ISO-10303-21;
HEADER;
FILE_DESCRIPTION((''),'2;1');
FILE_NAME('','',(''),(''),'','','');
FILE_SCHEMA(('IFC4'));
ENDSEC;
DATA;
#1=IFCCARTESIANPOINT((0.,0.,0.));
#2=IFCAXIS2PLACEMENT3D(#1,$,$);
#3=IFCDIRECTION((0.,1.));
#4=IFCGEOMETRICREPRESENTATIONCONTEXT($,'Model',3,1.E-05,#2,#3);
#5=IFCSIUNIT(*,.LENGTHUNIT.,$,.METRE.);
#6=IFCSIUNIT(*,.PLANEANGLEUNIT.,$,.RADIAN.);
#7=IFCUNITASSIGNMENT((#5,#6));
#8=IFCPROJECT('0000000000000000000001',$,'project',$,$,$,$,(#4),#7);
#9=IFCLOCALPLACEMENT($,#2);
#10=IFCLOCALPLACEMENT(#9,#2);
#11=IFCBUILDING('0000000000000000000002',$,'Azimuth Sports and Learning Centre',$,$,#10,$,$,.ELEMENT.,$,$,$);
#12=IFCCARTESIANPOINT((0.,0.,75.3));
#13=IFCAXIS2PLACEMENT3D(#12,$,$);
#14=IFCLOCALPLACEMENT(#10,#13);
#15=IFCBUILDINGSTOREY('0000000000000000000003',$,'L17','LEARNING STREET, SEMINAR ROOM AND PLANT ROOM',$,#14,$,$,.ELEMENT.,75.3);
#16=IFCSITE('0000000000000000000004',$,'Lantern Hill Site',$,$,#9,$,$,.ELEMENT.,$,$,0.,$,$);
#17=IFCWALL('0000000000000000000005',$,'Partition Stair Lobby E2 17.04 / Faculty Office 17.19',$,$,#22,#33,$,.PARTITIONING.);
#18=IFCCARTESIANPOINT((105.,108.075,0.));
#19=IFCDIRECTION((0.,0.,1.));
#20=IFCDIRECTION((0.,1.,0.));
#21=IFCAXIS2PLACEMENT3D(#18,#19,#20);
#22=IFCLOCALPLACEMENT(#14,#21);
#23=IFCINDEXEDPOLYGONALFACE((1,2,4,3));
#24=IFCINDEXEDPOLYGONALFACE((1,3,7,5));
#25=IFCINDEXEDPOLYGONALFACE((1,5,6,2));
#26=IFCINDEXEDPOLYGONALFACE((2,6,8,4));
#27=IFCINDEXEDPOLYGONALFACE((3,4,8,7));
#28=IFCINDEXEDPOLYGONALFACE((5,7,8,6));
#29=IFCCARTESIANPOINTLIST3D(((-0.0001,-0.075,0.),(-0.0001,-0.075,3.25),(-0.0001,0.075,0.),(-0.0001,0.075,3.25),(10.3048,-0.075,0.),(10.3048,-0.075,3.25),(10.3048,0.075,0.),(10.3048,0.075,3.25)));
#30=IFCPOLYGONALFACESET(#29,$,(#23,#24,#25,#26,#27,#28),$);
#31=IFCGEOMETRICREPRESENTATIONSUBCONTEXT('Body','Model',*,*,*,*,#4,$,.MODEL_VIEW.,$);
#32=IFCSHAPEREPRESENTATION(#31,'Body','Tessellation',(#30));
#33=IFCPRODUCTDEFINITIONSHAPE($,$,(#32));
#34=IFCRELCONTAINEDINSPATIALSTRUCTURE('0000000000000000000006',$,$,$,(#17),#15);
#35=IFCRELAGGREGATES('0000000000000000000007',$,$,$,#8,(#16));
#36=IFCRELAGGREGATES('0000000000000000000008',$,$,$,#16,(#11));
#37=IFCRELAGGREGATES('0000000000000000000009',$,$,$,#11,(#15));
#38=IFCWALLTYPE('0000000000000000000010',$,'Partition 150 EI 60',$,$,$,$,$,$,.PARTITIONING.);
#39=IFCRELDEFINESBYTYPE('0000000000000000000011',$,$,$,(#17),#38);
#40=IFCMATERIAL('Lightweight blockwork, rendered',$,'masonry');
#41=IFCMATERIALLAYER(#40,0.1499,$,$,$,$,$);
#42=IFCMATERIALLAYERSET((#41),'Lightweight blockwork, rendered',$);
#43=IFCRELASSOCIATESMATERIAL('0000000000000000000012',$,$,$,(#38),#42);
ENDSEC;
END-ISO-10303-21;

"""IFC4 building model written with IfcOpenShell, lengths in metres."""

from ifc_helpers import new_model, si_unit, direction, frame, frame_2d, origin, place, context, subcontext, project, spatial, rectangle, extrude, material, layer, layer_set, type_object, element, save


model = new_model("IFC4")

# Units and contexts
model_context = context("Model", 3, precision=1e-05, world=origin(), true_north=direction((0.0, 1.0)))
body_context = subcontext(model_context, "Body", "Model", "MODEL_VIEW")
ifc_project = project(units=[si_unit("LENGTHUNIT", "METRE"), si_unit("PLANEANGLEUNIT", "RADIAN")], contexts=[model_context])

# Site, building, storey
site_placement = place(None, origin())
site = spatial("IfcSite", under=ifc_project, at=site_placement, Name="Lantern Hill Site", CompositionType="ELEMENT", RefElevation=0.0)
building_placement = place(site_placement, origin())
building = spatial("IfcBuilding", under=site, at=building_placement, Name="Azimuth Sports and Learning Centre", CompositionType="ELEMENT")
storey_placement = place(building_placement, frame((0.0, 0.0, 75.3)))
storey = spatial("IfcBuildingStorey", under=building, at=storey_placement, Name="L17", Description="LEARNING STREET, SEMINAR ROOM AND PLANT ROOM", CompositionType="ELEMENT", Elevation=75.3)

# Shared definitions
ifc_material_1 = material(Name="Lightweight blockwork, rendered", Category="masonry")
ifc_layer_1 = layer(ifc_material_1, 0.1499)
ifc_layer_set_1 = layer_set([ifc_layer_1], Name="Lightweight blockwork, rendered")
wall_type_1 = type_object("IfcWallType", Name="Partition 150 EI 60", PredefinedType="PARTITIONING", material=ifc_layer_set_1)

# Wall
wall_1_placement = place(storey_placement, frame((105.0, 108.075, 0.0), z_axis=(0.0, 0.0, 1.0), x_axis=(0.0, 1.0, 0.0)))
element("IfcWall", 1, at=wall_1_placement, inside=storey, type_object=wall_type_1, Name="Partition Stair Lobby E2 17.04 / Faculty Office 17.19", PredefinedType="PARTITIONING", context=body_context, shape_type="SweptSolid", body=[
    extrude(rectangle(XDim=10.3049, YDim=0.1499, at=frame_2d((5.1523, 0.0))), origin(), (0.0, 0.0, 1.0), 3.25),
])

save(model, "model.ifc")
